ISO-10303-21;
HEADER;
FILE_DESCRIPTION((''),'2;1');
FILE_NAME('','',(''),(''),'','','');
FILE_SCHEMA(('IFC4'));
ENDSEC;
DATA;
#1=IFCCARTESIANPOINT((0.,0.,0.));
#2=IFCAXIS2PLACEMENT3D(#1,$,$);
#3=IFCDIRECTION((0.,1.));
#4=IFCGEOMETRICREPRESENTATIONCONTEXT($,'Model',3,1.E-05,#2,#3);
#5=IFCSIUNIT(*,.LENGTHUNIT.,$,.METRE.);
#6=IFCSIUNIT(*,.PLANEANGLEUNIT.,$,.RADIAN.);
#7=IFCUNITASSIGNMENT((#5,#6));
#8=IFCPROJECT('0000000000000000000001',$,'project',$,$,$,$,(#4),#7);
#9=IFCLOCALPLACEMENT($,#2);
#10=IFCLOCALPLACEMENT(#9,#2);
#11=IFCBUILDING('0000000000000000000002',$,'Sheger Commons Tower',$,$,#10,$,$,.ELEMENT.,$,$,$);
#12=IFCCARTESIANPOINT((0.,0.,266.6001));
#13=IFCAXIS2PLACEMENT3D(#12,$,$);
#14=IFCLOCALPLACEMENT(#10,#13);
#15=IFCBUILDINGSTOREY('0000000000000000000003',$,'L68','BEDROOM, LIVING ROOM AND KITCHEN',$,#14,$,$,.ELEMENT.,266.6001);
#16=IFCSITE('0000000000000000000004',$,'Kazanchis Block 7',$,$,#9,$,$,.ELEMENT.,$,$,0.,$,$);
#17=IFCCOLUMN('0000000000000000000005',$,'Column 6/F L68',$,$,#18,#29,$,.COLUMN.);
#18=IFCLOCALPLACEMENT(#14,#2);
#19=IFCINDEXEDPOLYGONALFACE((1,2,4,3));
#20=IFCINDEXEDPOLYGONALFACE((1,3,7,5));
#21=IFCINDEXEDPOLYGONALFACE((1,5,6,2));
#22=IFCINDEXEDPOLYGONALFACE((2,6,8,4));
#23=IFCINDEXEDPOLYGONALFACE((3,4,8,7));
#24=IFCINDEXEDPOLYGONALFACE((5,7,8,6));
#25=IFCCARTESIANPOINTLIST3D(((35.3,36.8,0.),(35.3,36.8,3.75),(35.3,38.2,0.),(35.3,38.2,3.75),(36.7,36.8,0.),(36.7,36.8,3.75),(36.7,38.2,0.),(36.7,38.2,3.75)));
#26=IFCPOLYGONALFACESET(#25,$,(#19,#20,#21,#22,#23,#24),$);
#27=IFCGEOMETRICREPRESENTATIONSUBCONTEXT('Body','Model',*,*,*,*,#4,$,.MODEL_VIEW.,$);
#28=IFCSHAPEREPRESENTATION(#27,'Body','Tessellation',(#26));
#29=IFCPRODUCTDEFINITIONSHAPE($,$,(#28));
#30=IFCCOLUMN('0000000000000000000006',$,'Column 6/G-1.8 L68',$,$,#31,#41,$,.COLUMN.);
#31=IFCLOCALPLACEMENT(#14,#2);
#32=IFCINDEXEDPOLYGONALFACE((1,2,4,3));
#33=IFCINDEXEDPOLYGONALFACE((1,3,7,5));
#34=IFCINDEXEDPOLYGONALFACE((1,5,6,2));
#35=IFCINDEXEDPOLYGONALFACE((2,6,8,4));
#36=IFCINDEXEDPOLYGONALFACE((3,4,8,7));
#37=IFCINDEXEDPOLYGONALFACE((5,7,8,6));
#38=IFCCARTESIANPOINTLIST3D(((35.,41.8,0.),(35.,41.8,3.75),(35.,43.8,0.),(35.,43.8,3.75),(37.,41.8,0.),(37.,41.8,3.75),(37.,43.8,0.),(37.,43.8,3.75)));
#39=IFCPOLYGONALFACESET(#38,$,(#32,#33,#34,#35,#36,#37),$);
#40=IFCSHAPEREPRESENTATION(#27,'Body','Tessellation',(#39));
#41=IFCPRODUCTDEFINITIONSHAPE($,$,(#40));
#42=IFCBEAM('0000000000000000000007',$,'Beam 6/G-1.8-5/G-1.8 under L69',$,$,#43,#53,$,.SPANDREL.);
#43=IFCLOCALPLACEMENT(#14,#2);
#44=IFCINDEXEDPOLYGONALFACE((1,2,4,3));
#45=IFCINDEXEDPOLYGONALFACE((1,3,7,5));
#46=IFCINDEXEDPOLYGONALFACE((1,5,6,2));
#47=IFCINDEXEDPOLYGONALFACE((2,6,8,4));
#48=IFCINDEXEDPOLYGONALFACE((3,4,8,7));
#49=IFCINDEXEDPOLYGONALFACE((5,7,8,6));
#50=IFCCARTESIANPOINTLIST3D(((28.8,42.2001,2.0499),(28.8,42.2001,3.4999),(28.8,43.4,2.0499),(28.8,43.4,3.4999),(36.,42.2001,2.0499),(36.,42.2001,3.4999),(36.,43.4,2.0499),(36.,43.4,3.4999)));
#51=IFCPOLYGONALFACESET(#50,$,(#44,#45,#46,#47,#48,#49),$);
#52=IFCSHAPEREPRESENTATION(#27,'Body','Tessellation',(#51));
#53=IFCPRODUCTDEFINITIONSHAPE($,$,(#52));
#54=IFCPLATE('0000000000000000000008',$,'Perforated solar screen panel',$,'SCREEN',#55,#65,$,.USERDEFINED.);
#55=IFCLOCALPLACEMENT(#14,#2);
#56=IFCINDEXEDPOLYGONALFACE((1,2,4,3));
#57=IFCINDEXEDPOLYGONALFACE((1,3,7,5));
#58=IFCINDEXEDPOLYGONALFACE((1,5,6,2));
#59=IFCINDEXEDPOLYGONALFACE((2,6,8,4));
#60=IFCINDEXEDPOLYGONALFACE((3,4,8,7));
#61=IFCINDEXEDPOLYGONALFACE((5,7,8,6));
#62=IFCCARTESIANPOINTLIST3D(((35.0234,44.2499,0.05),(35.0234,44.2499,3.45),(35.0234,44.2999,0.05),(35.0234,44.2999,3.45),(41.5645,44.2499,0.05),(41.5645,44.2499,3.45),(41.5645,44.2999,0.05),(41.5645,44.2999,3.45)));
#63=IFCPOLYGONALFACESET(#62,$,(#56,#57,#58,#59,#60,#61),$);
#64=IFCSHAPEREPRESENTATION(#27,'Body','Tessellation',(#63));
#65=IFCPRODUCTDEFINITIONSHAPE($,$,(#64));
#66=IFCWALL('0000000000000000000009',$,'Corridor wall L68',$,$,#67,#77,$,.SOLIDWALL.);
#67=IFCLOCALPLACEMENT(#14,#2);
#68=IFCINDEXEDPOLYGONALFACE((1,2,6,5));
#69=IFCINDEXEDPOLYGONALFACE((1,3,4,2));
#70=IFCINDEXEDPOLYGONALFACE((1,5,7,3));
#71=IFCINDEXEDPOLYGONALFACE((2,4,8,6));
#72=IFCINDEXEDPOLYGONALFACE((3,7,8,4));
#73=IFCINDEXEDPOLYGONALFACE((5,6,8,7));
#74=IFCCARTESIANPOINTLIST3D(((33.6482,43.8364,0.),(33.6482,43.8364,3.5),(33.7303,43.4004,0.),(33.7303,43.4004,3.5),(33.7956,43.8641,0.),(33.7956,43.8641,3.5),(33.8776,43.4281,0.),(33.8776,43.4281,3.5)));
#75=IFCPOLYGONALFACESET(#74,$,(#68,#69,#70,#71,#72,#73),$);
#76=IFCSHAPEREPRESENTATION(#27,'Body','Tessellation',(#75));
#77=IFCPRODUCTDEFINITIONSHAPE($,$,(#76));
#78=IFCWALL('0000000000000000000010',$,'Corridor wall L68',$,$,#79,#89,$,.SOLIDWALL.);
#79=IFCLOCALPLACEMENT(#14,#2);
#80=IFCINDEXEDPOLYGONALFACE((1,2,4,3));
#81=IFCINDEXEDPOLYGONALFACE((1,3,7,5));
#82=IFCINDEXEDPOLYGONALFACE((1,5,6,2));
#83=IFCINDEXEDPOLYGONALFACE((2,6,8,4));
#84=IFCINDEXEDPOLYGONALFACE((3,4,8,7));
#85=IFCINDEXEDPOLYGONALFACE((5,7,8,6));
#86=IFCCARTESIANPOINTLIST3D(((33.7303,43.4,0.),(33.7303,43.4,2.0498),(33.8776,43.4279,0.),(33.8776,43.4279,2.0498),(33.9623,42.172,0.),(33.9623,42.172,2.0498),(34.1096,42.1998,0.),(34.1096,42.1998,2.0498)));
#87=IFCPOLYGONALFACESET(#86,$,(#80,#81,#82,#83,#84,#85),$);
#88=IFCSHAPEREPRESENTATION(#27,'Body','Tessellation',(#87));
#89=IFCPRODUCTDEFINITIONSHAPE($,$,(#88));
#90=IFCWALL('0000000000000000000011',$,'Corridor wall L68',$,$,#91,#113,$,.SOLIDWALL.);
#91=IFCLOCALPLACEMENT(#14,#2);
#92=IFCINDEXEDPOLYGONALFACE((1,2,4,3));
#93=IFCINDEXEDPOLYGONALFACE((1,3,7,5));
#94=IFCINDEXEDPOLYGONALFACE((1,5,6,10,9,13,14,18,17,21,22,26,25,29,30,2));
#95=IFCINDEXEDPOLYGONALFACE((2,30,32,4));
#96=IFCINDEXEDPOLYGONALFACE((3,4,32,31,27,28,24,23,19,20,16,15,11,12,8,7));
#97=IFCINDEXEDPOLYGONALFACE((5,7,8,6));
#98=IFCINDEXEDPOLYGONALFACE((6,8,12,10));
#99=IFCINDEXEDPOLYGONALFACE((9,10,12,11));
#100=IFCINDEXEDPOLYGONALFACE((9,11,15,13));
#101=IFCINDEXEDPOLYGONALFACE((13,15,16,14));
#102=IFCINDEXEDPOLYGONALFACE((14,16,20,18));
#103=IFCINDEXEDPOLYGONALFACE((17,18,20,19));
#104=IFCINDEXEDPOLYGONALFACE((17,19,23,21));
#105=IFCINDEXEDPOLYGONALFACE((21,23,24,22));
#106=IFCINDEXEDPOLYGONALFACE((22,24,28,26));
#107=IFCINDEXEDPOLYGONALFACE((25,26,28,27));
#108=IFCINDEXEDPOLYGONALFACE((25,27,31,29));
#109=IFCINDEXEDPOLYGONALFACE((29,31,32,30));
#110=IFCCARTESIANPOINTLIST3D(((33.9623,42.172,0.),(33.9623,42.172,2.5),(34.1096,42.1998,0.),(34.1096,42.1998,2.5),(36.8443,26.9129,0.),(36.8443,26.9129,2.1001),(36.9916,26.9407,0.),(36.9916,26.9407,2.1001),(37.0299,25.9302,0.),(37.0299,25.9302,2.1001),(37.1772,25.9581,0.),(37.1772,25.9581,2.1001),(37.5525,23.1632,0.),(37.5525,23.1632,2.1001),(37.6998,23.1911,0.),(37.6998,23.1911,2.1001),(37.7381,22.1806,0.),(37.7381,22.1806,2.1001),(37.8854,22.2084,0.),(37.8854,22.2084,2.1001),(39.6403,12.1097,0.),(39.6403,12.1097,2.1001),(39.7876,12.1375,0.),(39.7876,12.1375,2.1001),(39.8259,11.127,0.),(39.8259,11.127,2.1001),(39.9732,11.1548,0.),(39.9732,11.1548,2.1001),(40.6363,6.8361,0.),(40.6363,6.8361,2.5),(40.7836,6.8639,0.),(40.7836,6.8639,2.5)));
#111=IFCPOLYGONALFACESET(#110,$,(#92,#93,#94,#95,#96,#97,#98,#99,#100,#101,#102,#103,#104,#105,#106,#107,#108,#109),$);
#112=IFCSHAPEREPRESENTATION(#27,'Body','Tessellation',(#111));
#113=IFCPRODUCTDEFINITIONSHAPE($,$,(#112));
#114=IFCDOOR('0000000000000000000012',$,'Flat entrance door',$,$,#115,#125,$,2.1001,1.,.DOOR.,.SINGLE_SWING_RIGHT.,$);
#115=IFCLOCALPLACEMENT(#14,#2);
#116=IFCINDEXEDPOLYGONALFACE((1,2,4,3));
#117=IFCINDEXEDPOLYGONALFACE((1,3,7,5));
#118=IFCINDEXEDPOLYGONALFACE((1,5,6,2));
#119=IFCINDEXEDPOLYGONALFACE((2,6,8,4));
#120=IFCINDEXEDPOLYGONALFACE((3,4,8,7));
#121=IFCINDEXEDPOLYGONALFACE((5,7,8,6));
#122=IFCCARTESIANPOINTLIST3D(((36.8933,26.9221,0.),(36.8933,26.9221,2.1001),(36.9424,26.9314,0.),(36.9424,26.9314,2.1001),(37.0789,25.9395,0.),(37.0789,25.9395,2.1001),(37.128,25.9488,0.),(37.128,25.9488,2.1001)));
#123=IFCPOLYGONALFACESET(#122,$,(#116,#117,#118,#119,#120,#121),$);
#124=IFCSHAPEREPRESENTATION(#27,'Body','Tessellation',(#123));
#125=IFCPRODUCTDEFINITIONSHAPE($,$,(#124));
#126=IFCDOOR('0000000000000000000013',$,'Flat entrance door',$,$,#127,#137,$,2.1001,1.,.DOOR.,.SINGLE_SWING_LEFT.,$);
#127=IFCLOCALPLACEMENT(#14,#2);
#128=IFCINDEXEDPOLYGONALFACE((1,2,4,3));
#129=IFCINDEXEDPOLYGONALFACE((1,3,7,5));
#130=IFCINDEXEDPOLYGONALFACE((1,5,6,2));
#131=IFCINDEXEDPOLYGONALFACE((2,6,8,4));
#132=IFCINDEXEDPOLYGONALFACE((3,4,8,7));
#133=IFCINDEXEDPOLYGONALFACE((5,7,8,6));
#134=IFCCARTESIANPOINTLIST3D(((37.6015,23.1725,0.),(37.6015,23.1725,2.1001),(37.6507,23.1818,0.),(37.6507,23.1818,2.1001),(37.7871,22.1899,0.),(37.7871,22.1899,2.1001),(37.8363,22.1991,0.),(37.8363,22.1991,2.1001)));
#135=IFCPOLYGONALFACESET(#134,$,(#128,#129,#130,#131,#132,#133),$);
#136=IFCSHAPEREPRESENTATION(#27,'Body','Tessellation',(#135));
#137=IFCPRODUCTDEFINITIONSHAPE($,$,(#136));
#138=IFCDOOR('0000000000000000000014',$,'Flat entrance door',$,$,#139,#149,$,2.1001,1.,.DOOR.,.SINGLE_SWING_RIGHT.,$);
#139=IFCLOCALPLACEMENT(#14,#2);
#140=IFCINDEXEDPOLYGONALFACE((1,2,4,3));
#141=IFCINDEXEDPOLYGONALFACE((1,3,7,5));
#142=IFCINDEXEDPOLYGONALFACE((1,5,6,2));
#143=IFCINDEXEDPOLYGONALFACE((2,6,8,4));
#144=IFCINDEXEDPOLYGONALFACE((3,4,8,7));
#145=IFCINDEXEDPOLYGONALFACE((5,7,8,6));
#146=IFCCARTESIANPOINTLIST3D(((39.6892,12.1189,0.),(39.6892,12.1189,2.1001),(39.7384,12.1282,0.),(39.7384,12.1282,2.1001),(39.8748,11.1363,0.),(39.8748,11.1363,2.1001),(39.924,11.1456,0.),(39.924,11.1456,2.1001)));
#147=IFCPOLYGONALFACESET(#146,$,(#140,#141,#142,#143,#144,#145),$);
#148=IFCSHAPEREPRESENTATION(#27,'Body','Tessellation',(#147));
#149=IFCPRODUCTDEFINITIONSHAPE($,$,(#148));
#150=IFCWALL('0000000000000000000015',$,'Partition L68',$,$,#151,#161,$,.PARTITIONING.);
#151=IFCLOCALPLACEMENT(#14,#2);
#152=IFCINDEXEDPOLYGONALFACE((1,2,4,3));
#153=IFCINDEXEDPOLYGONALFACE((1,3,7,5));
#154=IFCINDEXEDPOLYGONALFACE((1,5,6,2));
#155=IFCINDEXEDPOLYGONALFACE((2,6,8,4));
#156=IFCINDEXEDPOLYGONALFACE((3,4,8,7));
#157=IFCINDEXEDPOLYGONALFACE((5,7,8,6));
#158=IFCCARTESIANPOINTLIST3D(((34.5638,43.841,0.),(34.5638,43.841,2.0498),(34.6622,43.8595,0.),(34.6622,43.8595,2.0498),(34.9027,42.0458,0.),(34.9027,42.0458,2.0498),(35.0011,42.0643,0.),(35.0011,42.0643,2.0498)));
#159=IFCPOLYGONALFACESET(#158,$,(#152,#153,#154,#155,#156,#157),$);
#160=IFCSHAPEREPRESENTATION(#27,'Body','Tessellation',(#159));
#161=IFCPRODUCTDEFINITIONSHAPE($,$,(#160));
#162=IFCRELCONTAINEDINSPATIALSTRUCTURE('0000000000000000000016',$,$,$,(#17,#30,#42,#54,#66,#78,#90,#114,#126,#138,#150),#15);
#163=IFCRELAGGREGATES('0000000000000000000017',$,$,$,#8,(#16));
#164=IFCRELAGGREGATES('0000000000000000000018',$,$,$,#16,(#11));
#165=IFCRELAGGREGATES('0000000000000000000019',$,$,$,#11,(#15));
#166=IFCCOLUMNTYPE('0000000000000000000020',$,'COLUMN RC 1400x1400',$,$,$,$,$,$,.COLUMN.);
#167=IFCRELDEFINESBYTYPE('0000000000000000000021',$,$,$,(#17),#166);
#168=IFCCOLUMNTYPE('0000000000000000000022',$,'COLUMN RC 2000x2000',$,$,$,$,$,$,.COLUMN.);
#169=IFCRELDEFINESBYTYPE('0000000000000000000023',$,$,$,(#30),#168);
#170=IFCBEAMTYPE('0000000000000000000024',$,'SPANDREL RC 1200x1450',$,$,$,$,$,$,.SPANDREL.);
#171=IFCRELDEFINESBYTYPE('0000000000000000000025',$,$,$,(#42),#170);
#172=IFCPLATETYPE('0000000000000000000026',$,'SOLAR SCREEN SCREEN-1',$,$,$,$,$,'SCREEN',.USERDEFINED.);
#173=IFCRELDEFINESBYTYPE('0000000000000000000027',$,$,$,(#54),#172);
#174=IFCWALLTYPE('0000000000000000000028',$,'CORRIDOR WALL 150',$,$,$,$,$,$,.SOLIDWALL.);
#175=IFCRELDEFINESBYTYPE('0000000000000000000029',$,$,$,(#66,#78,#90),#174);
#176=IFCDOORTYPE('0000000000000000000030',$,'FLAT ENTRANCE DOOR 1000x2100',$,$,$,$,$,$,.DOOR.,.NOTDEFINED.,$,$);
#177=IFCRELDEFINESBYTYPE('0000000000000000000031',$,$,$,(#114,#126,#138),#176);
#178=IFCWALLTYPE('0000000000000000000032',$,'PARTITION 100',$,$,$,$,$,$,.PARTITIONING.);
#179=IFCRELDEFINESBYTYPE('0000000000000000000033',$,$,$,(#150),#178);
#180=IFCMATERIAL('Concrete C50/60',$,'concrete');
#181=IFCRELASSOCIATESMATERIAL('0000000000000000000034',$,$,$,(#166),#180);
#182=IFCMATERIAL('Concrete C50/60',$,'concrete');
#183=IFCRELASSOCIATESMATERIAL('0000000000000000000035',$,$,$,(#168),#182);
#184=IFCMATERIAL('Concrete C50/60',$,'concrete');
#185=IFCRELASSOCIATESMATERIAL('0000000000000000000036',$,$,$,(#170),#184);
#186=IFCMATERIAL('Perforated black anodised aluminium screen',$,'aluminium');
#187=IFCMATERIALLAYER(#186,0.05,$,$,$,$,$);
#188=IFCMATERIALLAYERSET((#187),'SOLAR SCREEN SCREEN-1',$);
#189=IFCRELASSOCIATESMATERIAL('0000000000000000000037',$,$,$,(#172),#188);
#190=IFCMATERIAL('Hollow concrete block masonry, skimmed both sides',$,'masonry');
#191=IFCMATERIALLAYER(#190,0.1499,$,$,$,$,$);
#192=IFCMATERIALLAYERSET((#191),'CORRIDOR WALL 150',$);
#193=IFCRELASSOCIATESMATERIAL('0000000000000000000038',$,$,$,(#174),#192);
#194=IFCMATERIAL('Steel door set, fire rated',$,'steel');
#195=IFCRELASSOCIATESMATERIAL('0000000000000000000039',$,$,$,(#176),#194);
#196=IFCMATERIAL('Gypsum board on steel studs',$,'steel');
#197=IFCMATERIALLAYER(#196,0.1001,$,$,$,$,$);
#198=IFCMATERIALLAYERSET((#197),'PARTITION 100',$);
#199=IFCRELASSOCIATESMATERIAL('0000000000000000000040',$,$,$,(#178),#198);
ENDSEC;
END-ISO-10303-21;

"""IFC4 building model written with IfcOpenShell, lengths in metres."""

from ifc_helpers import new_model, si_unit, direction, frame, frame_2d, origin, origin_2d, place, context, subcontext, project, spatial, rectangle, extrude, material, layer, layer_set, material_profile, profile_set, type_object, element, fill, save


model = new_model("IFC4")

# Units and contexts
model_context = context("Model", 3, precision=1e-05, world=origin(), true_north=direction((0.0, 1.0)))
body_context = subcontext(model_context, "Body", "Model", "MODEL_VIEW")
ifc_project = project(units=[si_unit("LENGTHUNIT", "METRE"), si_unit("PLANEANGLEUNIT", "RADIAN")], contexts=[model_context])

# Site, building, storey
site_placement = place(None, origin())
site = spatial("IfcSite", under=ifc_project, at=site_placement, Name="Kazanchis Block 7", CompositionType="ELEMENT", RefElevation=0.0)
building_placement = place(site_placement, origin())
building = spatial("IfcBuilding", under=site, at=building_placement, Name="Sheger Commons Tower", CompositionType="ELEMENT")
storey_placement = place(building_placement, frame((0.0, 0.0, 266.6001)))
storey = spatial("IfcBuildingStorey", under=building, at=storey_placement, Name="L68", Description="BEDROOM, LIVING ROOM AND KITCHEN", CompositionType="ELEMENT", Elevation=266.6001)

# Columns
ifc_material_1 = material(Name="Concrete C50/60", Category="concrete")
ifc_material_profile_1 = material_profile(ifc_material_1, rectangle(XDim=1.3999, YDim=1.3999, at=origin_2d()), Name="RC 1400x1400")
ifc_profile_set_1 = profile_set([ifc_material_profile_1], Name="Concrete C50/60")
column_type_1 = type_object("IfcColumnType", Name="COLUMN RC 1400x1400", PredefinedType="COLUMN", material=ifc_profile_set_1)
column_1_placement = place(storey_placement, frame((36.0, 37.5, 0.0), z_axis=(0.0, 0.0, 1.0), x_axis=(1.0, 0.0, 0.0)))
element("IfcColumn", 1, at=column_1_placement, inside=storey, type_object=column_type_1, Name="Column 6/F L68", PredefinedType="COLUMN", context=body_context, shape_type="SweptSolid", body=[
    extrude(rectangle(XDim=1.3999, YDim=1.3999, at=origin_2d()), origin(), (0.0, 0.0, 1.0), 3.75),
])
ifc_material_2 = material(Name="Concrete C50/60", Category="concrete")
ifc_material_profile_2 = material_profile(ifc_material_2, rectangle(XDim=2.0, YDim=2.0, at=origin_2d()), Name="RC 2000x2000")
ifc_profile_set_2 = profile_set([ifc_material_profile_2], Name="Concrete C50/60")
column_type_2 = type_object("IfcColumnType", Name="COLUMN RC 2000x2000", PredefinedType="COLUMN", material=ifc_profile_set_2)
column_2_placement = place(storey_placement, frame((36.0, 42.8, 0.0), z_axis=(0.0, 0.0, 1.0), x_axis=(1.0, 0.0, 0.0)))
element("IfcColumn", 2, at=column_2_placement, inside=storey, type_object=column_type_2, Name="Column 6/G-1.8 L68", PredefinedType="COLUMN", context=body_context, shape_type="SweptSolid", body=[
    extrude(rectangle(XDim=2.0, YDim=2.0, at=origin_2d()), origin(), (0.0, 0.0, 1.0), 3.75),
])

# Beam
ifc_material_3 = material(Name="Concrete C50/60", Category="concrete")
ifc_material_profile_3 = material_profile(ifc_material_3, rectangle(XDim=1.2, YDim=1.45, at=origin_2d()), Name="RC 1200x1450")
ifc_profile_set_3 = profile_set([ifc_material_profile_3], Name="Concrete C50/60")
beam_type = type_object("IfcBeamType", Name="SPANDREL RC 1200x1450", PredefinedType="SPANDREL", material=ifc_profile_set_3)
beam_placement = place(storey_placement, frame((36.0, 42.8, 2.7749), z_axis=(-1.0, 0.0, 0.0), x_axis=(0.0, -1.0, 0.0)))
element("IfcBeam", 3, at=beam_placement, inside=storey, type_object=beam_type, Name="Beam 6/G-1.8-5/G-1.8 under L69", PredefinedType="SPANDREL", context=body_context, shape_type="SweptSolid", body=[
    extrude(rectangle(XDim=1.2, YDim=1.45, at=origin_2d()), origin(), (0.0, 0.0, 1.0), 7.2),
])

# Plate
ifc_material_4 = material(Name="Perforated black anodised aluminium screen", Category="aluminium")
ifc_layer_1 = layer(ifc_material_4, 0.05)
ifc_layer_set_1 = layer_set([ifc_layer_1], Name="SOLAR SCREEN SCREEN-1")
plate_type = type_object("IfcPlateType", Name="SOLAR SCREEN SCREEN-1", ElementType="SCREEN", PredefinedType="USERDEFINED", material=ifc_layer_set_1)
plate_placement = place(storey_placement, frame((38.2939, 44.2749, 0.05), z_axis=(0.0, 0.0, 1.0), x_axis=(-1.0, 0.0, 0.0)))
element("IfcPlate", 4, at=plate_placement, inside=storey, type_object=plate_type, Name="Perforated solar screen panel", ObjectType="SCREEN", PredefinedType="USERDEFINED", context=body_context, shape_type="SweptSolid", body=[
    extrude(rectangle(XDim=6.541, YDim=0.05, at=origin_2d()), origin(), (0.0, 0.0, 1.0), 3.3999),
])

# Walls
ifc_material_5 = material(Name="Hollow concrete block masonry, skimmed both sides", Category="masonry")
ifc_layer_2 = layer(ifc_material_5, 0.1499)
ifc_layer_set_2 = layer_set([ifc_layer_2], Name="CORRIDOR WALL 150")
wall_type_1 = type_object("IfcWallType", Name="CORRIDOR WALL 150", PredefinedType="SOLIDWALL", material=ifc_layer_set_2)
wall_1_placement = place(storey_placement, frame((33.7219, 43.8501, 0.0), z_axis=(0.0, 0.0, 1.0), x_axis=(0.184887, -0.98276, 0.0)))
element("IfcWall", 5, at=wall_1_placement, inside=storey, type_object=wall_type_1, Name="Corridor wall L68", PredefinedType="SOLIDWALL", context=body_context, shape_type="SweptSolid", body=[
    extrude(rectangle(XDim=0.4436, YDim=0.1499, at=frame_2d((0.2217, 0.0))), origin(), (0.0, 0.0, 1.0), 3.5),
])
wall_2_placement = place(storey_placement, frame((33.804, 43.4141, 0.0), z_axis=(0.0, 0.0, 1.0), x_axis=(0.185586, -0.982628, 0.0)))
element("IfcWall", 6, at=wall_2_placement, inside=storey, type_object=wall_type_1, Name="Corridor wall L68", PredefinedType="SOLIDWALL", context=body_context, shape_type="SweptSolid", body=[
    extrude(rectangle(XDim=1.2498, YDim=0.1499, at=frame_2d((0.625, 0.0))), origin(), (0.0, 0.0, 1.0), 2.0498),
])

# Wall, openings, doors
wall_3_placement = place(storey_placement, frame((34.0359, 42.186, 0.0), z_axis=(0.0, 0.0, 1.0), x_axis=(0.185594, -0.982627, 0.0)))
wall_3 = element("IfcWall", 7, at=wall_3_placement, inside=storey, type_object=wall_type_1, Name="Corridor wall L68", PredefinedType="SOLIDWALL", context=body_context, shape_type="SweptSolid", body=[
    extrude(rectangle(XDim=35.9607, YDim=0.1499, at=frame_2d((17.9805, 0.0))), origin(), (0.0, 0.0, 1.0), 2.5),
])
opening_1_placement = place(wall_3_placement, frame((15.5291, 0.0, 0.0)))
opening_1 = element("IfcOpeningElement", 8, at=opening_1_placement, cuts=wall_3, PredefinedType="OPENING", context=body_context, shape_type="SweptSolid", body=[
    extrude(rectangle(XDim=1.0, YDim=2.1001, at=frame_2d((0.5, 1.05))), frame((0.0, 0.085, 0.0), z_axis=(0.0, -1.0, 0.0), x_axis=(1.0, 0.0, 0.0)), (0.0, 0.0, 1.0), 0.1699),
])
opening_2_placement = place(wall_3_placement, frame((19.345, 0.0, 0.0)))
opening_2 = element("IfcOpeningElement", 9, at=opening_2_placement, cuts=wall_3, PredefinedType="OPENING", context=body_context, shape_type="SweptSolid", body=[
    extrude(rectangle(XDim=1.0, YDim=2.1001, at=frame_2d((0.5, 1.05))), frame((0.0, 0.085, 0.0), z_axis=(0.0, -1.0, 0.0), x_axis=(1.0, 0.0, 0.0)), (0.0, 0.0, 1.0), 0.1699),
])
opening_3_placement = place(wall_3_placement, frame((30.594, 0.0, 0.0)))
opening_3 = element("IfcOpeningElement", 10, at=opening_3_placement, cuts=wall_3, PredefinedType="OPENING", context=body_context, shape_type="SweptSolid", body=[
    extrude(rectangle(XDim=1.0, YDim=2.1001, at=frame_2d((0.5, 1.05))), frame((0.0, 0.085, 0.0), z_axis=(0.0, -1.0, 0.0), x_axis=(1.0, 0.0, 0.0)), (0.0, 0.0, 1.0), 0.1699),
])
ifc_material_6 = material(Name="Steel door set, fire rated", Category="steel")
door_type_1 = type_object("IfcDoorType", Name="FLAT ENTRANCE DOOR 1000x2100", OperationType="NOTDEFINED", PredefinedType="DOOR", material=ifc_material_6)
door_1_placement = place(opening_1_placement, origin())
door_1 = element("IfcDoor", 11, at=door_1_placement, inside=storey, type_object=door_type_1, Name="Flat entrance door", OperationType="SINGLE_SWING_RIGHT", OverallHeight=2.1001, OverallWidth=1.0, PredefinedType="DOOR", context=body_context, shape_type="SweptSolid", body=[
    extrude(rectangle(XDim=1.0, YDim=2.1001, at=frame_2d((0.5, 1.05))), frame((0.0, 0.0249, 0.0), z_axis=(0.0, -1.0, 0.0), x_axis=(1.0, 0.0, 0.0)), (0.0, 0.0, 1.0), 0.05),
])
fill(opening_1, door_1)
door_2_placement = place(opening_2_placement, origin())
door_2 = element("IfcDoor", 12, at=door_2_placement, inside=storey, type_object=door_type_1, Name="Flat entrance door", OperationType="SINGLE_SWING_LEFT", OverallHeight=2.1001, OverallWidth=1.0, PredefinedType="DOOR", context=body_context, shape_type="SweptSolid", body=[
    extrude(rectangle(XDim=1.0, YDim=2.1001, at=frame_2d((0.5, 1.05))), frame((0.0, 0.0249, 0.0), z_axis=(0.0, -1.0, 0.0), x_axis=(1.0, 0.0, 0.0)), (0.0, 0.0, 1.0), 0.05),
])
fill(opening_2, door_2)
door_3_placement = place(opening_3_placement, origin())
door_3 = element("IfcDoor", 13, at=door_3_placement, inside=storey, type_object=door_type_1, Name="Flat entrance door", OperationType="SINGLE_SWING_RIGHT", OverallHeight=2.1001, OverallWidth=1.0, PredefinedType="DOOR", context=body_context, shape_type="SweptSolid", body=[
    extrude(rectangle(XDim=1.0, YDim=2.1001, at=frame_2d((0.5, 1.05))), frame((0.0, 0.0249, 0.0), z_axis=(0.0, -1.0, 0.0), x_axis=(1.0, 0.0, 0.0)), (0.0, 0.0, 1.0), 0.05),
])
fill(opening_3, door_3)

# Wall
ifc_material_7 = material(Name="Gypsum board on steel studs", Category="steel")
ifc_layer_3 = layer(ifc_material_7, 0.1001)
ifc_layer_set_3 = layer_set([ifc_layer_3], Name="PARTITION 100")
wall_type_2 = type_object("IfcWallType", Name="PARTITION 100", PredefinedType="PARTITIONING", material=ifc_layer_set_3)
wall_4_placement = place(storey_placement, frame((34.9519, 42.0549, 0.0), z_axis=(0.0, 0.0, 1.0), x_axis=(-0.185491, 0.982646, 0.0)))
element("IfcWall", 14, at=wall_4_placement, inside=storey, type_object=wall_type_2, Name="Partition L68", PredefinedType="PARTITIONING", context=body_context, shape_type="SweptSolid", body=[
    extrude(rectangle(XDim=1.8269, YDim=0.1001, at=frame_2d((0.9136, 0.0))), origin(), (0.0, 0.0, 1.0), 2.0498),
])

save(model, "model.ifc")
